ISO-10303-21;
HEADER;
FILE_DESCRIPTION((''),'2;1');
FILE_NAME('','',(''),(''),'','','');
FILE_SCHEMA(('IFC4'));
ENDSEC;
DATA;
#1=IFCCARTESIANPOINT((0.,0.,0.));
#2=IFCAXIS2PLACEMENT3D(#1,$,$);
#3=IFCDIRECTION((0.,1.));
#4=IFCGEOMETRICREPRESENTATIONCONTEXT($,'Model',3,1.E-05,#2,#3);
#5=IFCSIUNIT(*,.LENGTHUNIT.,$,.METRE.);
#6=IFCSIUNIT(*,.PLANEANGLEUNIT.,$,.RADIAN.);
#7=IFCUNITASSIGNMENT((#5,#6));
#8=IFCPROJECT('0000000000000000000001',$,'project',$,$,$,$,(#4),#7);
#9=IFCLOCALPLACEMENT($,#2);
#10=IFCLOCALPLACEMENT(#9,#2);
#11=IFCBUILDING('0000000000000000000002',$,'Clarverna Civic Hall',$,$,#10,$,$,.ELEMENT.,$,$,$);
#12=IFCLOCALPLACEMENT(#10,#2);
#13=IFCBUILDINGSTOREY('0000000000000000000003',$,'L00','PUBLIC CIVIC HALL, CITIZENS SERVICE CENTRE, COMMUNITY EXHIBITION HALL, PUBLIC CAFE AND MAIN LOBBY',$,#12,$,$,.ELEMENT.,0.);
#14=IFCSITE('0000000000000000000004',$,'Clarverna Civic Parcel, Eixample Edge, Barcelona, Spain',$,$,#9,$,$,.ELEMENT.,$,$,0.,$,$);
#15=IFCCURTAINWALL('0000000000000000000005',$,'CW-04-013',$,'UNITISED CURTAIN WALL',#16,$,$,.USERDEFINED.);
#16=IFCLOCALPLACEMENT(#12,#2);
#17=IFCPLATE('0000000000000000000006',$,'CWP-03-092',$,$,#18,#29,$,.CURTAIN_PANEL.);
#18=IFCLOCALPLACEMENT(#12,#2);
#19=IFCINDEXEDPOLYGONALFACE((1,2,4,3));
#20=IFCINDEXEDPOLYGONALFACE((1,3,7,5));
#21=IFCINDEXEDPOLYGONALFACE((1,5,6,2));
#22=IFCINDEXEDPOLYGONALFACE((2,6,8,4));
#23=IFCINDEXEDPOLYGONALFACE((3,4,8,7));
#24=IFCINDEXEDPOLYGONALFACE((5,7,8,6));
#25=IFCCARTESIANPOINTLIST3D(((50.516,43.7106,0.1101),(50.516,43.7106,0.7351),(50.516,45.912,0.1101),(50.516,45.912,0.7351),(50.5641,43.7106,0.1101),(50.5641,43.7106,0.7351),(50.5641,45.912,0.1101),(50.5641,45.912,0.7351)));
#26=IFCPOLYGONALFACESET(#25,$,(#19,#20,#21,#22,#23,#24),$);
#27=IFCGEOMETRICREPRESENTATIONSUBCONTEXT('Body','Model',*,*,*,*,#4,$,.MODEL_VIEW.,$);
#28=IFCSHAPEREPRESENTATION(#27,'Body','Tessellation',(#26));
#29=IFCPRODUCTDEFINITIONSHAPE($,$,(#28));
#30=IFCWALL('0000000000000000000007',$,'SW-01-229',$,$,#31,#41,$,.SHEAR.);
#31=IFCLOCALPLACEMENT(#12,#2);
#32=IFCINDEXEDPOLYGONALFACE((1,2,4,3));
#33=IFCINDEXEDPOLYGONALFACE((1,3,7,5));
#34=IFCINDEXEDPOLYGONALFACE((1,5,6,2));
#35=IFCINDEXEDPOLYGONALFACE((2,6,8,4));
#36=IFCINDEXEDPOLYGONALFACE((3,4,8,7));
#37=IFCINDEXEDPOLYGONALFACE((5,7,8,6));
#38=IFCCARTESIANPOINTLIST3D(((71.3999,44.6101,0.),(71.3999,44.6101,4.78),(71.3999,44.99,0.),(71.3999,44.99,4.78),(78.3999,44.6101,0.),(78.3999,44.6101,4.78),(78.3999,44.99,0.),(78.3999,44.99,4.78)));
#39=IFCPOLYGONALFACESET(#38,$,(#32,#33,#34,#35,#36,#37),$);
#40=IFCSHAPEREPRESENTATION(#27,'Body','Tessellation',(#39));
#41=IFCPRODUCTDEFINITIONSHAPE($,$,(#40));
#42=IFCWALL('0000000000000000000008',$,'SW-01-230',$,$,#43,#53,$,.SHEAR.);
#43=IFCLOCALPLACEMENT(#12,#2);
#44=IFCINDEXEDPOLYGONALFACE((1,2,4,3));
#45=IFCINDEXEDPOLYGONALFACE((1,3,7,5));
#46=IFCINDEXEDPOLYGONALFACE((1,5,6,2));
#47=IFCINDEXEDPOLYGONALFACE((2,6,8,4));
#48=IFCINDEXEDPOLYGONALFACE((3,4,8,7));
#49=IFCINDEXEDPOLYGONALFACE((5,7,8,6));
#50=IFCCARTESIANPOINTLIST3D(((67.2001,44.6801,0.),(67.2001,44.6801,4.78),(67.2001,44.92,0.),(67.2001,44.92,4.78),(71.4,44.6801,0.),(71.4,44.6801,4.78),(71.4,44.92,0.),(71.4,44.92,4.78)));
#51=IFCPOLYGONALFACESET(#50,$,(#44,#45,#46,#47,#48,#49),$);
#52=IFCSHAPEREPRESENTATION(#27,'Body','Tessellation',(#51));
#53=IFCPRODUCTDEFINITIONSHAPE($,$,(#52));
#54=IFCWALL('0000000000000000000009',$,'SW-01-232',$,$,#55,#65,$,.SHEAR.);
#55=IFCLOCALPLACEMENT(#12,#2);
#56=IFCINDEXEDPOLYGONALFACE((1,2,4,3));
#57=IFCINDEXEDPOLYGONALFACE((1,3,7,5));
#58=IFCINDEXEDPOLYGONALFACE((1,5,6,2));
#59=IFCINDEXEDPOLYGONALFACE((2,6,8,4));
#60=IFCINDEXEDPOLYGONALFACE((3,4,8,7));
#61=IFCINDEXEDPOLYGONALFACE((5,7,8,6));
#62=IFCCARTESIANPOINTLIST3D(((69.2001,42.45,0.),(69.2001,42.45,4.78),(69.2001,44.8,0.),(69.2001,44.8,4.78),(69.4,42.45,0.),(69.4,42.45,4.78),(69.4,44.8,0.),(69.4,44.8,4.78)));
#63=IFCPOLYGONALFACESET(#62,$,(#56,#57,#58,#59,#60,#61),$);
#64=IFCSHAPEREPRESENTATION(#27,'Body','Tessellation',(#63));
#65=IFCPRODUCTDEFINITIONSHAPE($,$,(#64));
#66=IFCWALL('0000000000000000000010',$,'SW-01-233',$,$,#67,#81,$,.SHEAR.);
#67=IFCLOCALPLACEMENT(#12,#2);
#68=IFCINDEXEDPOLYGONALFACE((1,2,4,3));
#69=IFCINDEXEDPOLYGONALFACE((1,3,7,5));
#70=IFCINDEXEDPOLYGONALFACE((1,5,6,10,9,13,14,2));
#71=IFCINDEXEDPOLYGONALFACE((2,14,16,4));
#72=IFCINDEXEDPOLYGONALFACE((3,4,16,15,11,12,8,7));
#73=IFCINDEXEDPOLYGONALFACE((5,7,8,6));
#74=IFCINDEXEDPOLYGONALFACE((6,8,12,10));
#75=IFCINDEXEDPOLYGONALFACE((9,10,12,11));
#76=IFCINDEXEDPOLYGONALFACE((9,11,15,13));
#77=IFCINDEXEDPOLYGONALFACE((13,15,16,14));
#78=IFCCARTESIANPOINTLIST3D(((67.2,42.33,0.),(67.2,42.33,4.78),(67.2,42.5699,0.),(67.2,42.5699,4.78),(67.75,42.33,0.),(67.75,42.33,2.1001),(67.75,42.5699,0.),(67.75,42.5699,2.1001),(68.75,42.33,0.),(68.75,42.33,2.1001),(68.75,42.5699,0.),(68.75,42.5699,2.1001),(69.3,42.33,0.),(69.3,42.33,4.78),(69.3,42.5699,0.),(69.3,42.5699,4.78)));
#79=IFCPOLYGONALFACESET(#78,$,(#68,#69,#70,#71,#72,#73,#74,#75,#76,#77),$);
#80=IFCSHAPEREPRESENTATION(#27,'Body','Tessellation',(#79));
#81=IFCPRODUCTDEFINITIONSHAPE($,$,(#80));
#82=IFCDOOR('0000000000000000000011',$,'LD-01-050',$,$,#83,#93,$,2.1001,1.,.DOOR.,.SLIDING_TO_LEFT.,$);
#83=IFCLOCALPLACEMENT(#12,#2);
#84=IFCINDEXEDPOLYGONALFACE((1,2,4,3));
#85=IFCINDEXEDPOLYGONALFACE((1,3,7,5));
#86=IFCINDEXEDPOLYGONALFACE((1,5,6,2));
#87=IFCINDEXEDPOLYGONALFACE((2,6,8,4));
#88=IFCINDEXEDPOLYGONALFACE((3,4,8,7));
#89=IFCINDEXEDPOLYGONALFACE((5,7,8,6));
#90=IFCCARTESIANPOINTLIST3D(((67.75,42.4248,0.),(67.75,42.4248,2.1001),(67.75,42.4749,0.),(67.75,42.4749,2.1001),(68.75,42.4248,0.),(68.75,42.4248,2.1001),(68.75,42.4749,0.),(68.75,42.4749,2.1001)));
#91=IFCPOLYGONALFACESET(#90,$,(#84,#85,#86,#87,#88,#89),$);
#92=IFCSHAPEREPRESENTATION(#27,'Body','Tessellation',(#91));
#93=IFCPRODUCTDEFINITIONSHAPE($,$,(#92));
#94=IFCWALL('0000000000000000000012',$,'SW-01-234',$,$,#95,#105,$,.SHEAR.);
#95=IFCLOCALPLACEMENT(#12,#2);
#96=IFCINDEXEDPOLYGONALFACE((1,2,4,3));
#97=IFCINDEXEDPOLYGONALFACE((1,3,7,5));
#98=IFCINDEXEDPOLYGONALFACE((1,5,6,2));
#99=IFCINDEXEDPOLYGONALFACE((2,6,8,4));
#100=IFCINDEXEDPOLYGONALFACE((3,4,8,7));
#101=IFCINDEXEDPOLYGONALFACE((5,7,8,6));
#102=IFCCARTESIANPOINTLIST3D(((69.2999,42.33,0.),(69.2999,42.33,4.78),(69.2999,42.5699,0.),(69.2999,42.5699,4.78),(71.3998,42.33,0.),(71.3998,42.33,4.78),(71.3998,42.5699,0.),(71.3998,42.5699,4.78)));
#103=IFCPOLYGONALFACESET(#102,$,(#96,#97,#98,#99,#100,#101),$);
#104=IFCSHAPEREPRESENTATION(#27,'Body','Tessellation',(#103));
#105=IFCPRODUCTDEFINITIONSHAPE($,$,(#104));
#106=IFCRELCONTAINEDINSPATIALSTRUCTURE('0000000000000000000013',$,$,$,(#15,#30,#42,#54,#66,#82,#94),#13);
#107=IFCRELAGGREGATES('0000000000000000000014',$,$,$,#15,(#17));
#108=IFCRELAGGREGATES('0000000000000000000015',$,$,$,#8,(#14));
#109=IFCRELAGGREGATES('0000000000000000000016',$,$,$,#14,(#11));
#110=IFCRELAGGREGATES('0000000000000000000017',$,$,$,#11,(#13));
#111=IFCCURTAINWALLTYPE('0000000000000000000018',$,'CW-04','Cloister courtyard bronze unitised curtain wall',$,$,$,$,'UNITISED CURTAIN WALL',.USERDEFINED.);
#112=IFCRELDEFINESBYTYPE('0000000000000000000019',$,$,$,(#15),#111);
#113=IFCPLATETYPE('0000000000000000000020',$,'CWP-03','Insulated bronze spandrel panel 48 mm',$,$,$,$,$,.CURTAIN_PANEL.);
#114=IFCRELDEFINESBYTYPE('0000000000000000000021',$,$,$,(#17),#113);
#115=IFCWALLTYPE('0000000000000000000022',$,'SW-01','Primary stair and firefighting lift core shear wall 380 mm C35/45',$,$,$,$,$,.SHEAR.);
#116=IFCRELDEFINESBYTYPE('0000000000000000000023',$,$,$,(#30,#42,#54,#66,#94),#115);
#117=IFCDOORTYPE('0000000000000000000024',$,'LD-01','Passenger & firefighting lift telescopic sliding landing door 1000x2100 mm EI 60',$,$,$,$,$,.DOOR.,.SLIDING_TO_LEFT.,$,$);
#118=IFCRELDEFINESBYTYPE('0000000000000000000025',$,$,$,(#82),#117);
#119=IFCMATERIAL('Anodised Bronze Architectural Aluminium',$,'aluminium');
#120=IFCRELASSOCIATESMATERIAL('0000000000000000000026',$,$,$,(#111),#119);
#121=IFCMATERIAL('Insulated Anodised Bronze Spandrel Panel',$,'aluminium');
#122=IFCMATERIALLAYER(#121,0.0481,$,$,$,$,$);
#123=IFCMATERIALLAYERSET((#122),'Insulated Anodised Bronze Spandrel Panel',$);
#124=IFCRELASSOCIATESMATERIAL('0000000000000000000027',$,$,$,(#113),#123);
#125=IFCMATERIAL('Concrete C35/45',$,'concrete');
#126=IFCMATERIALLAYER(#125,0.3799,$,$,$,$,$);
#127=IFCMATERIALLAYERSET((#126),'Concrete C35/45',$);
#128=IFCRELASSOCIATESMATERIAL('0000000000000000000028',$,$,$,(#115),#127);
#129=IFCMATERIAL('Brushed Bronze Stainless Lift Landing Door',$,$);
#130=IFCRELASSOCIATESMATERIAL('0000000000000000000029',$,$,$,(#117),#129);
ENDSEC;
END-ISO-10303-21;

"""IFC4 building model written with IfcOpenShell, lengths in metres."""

from ifc_helpers import new_model, si_unit, direction, frame, frame_2d, origin, place, context, subcontext, project, spatial, rectangle, extrude, material, layer, layer_set, type_object, element, fill, aggregate, save


model = new_model("IFC4")

# Units and contexts
model_context = context("Model", 3, precision=1e-05, world=origin(), true_north=direction((0.0, 1.0)))
body_context = subcontext(model_context, "Body", "Model", "MODEL_VIEW")
ifc_project = project(units=[si_unit("LENGTHUNIT", "METRE"), si_unit("PLANEANGLEUNIT", "RADIAN")], contexts=[model_context])

# Site, building, storey
site_placement = place(None, origin())
site = spatial("IfcSite", under=ifc_project, at=site_placement, Name="Clarverna Civic Parcel, Eixample Edge, Barcelona, Spain", CompositionType="ELEMENT", RefElevation=0.0)
building_placement = place(site_placement, origin())
building = spatial("IfcBuilding", under=site, at=building_placement, Name="Clarverna Civic Hall", CompositionType="ELEMENT")
storey_placement = place(building_placement, origin())
storey = spatial("IfcBuildingStorey", under=building, at=storey_placement, Name="L00", Description="PUBLIC CIVIC HALL, CITIZENS SERVICE CENTRE, COMMUNITY EXHIBITION HALL, PUBLIC CAFE AND MAIN LOBBY", CompositionType="ELEMENT", Elevation=0.0)

# Shared definitions
ifc_material_1 = material(Name="Concrete C35/45", Category="concrete")

# Curtain wall
ifc_material_2 = material(Name="Anodised Bronze Architectural Aluminium", Category="aluminium")
curtain_wall_type = type_object("IfcCurtainWallType", Name="CW-04", Description="Cloister courtyard bronze unitised curtain wall", ElementType="UNITISED CURTAIN WALL", PredefinedType="USERDEFINED", material=ifc_material_2)
curtain_wall_placement = place(storey_placement, origin())
curtain_wall = element("IfcCurtainWall", 1, at=curtain_wall_placement, inside=storey, type_object=curtain_wall_type, Name="CW-04-013", ObjectType="UNITISED CURTAIN WALL", PredefinedType="USERDEFINED")

# Plate
ifc_material_3 = material(Name="Insulated Anodised Bronze Spandrel Panel", Category="aluminium")
ifc_layer_1 = layer(ifc_material_3, 0.0481)
ifc_layer_set_1 = layer_set([ifc_layer_1], Name="Insulated Anodised Bronze Spandrel Panel")
plate_type_1 = type_object("IfcPlateType", Name="CWP-03", Description="Insulated bronze spandrel panel 48 mm", PredefinedType="CURTAIN_PANEL", material=ifc_layer_set_1)
plate_1_placement = place(storey_placement, frame((50.54, 43.7107, 0.1101), z_axis=(0.0, 0.0, 1.0), x_axis=(0.0, 1.0, 0.0)))
plate_1 = element("IfcPlate", 2, at=plate_1_placement, type_object=plate_type_1, Name="CWP-03-092", PredefinedType="CURTAIN_PANEL", context=body_context, shape_type="SweptSolid", body=[
    extrude(rectangle(XDim=2.2014, YDim=0.0481, at=frame_2d((1.1006, 0.0))), origin(), (0.0, 0.0, 1.0), 0.625),
])
aggregate(curtain_wall, [plate_1])

# Walls
ifc_layer_2 = layer(ifc_material_1, 0.3799)
ifc_layer_set_2 = layer_set([ifc_layer_2], Name="Concrete C35/45")
wall_type = type_object("IfcWallType", Name="SW-01", Description="Primary stair and firefighting lift core shear wall 380 mm C35/45", PredefinedType="SHEAR", material=ifc_layer_set_2)
wall_1_placement = place(storey_placement, frame((71.3999, 44.8, 0.0), z_axis=(0.0, 0.0, 1.0), x_axis=(1.0, 0.0, 0.0)))
element("IfcWall", 3, at=wall_1_placement, inside=storey, type_object=wall_type, Name="SW-01-229", PredefinedType="SHEAR", context=body_context, shape_type="SweptSolid", body=[
    extrude(rectangle(XDim=7.0, YDim=0.3799, at=frame_2d((3.5, 0.0))), origin(), (0.0, 0.0, 1.0), 4.78),
])
wall_2_placement = place(storey_placement, frame((67.2, 44.8, 0.0), z_axis=(0.0, 0.0, 1.0), x_axis=(1.0, 0.0, 0.0)))
element("IfcWall", 4, at=wall_2_placement, inside=storey, type_object=wall_type, Name="SW-01-230", PredefinedType="SHEAR", context=body_context, shape_type="SweptSolid", body=[
    extrude(rectangle(XDim=4.2, YDim=0.24, at=frame_2d((2.1001, 0.0))), origin(), (0.0, 0.0, 1.0), 4.78),
])
wall_3_placement = place(storey_placement, frame((69.3, 42.45, 0.0), z_axis=(0.0, 0.0, 1.0), x_axis=(0.0, 1.0, 0.0)))
element("IfcWall", 5, at=wall_3_placement, inside=storey, type_object=wall_type, Name="SW-01-232", PredefinedType="SHEAR", context=body_context, shape_type="SweptSolid", body=[
    extrude(rectangle(XDim=2.3501, YDim=0.2, at=frame_2d((1.175, 0.0))), origin(), (0.0, 0.0, 1.0), 4.78),
])

# Wall, opening, door
wall_4_placement = place(storey_placement, frame((67.2, 42.45, 0.0), z_axis=(0.0, 0.0, 1.0), x_axis=(1.0, 0.0, 0.0)))
wall_4 = element("IfcWall", 6, at=wall_4_placement, inside=storey, type_object=wall_type, Name="SW-01-233", PredefinedType="SHEAR", context=body_context, shape_type="SweptSolid", body=[
    extrude(rectangle(XDim=2.1001, YDim=0.24, at=frame_2d((1.05, 0.0))), origin(), (0.0, 0.0, 1.0), 4.78),
])
opening_placement = place(wall_4_placement, frame((0.55, 0.0, 0.0)))
opening = element("IfcOpeningElement", 7, at=opening_placement, cuts=wall_4, PredefinedType="OPENING", context=body_context, shape_type="SweptSolid", body=[
    extrude(rectangle(XDim=1.0, YDim=2.1001, at=frame_2d((0.5, 1.05))), frame((0.0, 0.1299, 0.0), z_axis=(0.0, -1.0, 0.0), x_axis=(1.0, 0.0, 0.0)), (0.0, 0.0, 1.0), 0.26),
])
ifc_material_4 = material(Name="Brushed Bronze Stainless Lift Landing Door")
door_type = type_object("IfcDoorType", Name="LD-01", Description="Passenger & firefighting lift telescopic sliding landing door 1000x2100 mm EI 60", OperationType="SLIDING_TO_LEFT", PredefinedType="DOOR", material=ifc_material_4)
door_placement = place(opening_placement, origin())
door = element("IfcDoor", 8, at=door_placement, inside=storey, type_object=door_type, Name="LD-01-050", OperationType="SLIDING_TO_LEFT", OverallHeight=2.1001, OverallWidth=1.0, PredefinedType="DOOR", context=body_context, shape_type="SweptSolid", body=[
    extrude(rectangle(XDim=1.0, YDim=2.1001, at=frame_2d((0.5, 1.05))), frame((0.0, 0.0249, 0.0), z_axis=(0.0, -1.0, 0.0), x_axis=(1.0, 0.0, 0.0)), (0.0, 0.0, 1.0), 0.05),
])
fill(opening, door)

# Wall
wall_5_placement = place(storey_placement, frame((69.3, 42.45, 0.0), z_axis=(0.0, 0.0, 1.0), x_axis=(1.0, 0.0, 0.0)))
element("IfcWall", 9, at=wall_5_placement, inside=storey, type_object=wall_type, Name="SW-01-234", PredefinedType="SHEAR", context=body_context, shape_type="SweptSolid", body=[
    extrude(rectangle(XDim=2.0999, YDim=0.24, at=frame_2d((1.0498, 0.0))), origin(), (0.0, 0.0, 1.0), 4.78),
])

save(model, "model.ifc")
